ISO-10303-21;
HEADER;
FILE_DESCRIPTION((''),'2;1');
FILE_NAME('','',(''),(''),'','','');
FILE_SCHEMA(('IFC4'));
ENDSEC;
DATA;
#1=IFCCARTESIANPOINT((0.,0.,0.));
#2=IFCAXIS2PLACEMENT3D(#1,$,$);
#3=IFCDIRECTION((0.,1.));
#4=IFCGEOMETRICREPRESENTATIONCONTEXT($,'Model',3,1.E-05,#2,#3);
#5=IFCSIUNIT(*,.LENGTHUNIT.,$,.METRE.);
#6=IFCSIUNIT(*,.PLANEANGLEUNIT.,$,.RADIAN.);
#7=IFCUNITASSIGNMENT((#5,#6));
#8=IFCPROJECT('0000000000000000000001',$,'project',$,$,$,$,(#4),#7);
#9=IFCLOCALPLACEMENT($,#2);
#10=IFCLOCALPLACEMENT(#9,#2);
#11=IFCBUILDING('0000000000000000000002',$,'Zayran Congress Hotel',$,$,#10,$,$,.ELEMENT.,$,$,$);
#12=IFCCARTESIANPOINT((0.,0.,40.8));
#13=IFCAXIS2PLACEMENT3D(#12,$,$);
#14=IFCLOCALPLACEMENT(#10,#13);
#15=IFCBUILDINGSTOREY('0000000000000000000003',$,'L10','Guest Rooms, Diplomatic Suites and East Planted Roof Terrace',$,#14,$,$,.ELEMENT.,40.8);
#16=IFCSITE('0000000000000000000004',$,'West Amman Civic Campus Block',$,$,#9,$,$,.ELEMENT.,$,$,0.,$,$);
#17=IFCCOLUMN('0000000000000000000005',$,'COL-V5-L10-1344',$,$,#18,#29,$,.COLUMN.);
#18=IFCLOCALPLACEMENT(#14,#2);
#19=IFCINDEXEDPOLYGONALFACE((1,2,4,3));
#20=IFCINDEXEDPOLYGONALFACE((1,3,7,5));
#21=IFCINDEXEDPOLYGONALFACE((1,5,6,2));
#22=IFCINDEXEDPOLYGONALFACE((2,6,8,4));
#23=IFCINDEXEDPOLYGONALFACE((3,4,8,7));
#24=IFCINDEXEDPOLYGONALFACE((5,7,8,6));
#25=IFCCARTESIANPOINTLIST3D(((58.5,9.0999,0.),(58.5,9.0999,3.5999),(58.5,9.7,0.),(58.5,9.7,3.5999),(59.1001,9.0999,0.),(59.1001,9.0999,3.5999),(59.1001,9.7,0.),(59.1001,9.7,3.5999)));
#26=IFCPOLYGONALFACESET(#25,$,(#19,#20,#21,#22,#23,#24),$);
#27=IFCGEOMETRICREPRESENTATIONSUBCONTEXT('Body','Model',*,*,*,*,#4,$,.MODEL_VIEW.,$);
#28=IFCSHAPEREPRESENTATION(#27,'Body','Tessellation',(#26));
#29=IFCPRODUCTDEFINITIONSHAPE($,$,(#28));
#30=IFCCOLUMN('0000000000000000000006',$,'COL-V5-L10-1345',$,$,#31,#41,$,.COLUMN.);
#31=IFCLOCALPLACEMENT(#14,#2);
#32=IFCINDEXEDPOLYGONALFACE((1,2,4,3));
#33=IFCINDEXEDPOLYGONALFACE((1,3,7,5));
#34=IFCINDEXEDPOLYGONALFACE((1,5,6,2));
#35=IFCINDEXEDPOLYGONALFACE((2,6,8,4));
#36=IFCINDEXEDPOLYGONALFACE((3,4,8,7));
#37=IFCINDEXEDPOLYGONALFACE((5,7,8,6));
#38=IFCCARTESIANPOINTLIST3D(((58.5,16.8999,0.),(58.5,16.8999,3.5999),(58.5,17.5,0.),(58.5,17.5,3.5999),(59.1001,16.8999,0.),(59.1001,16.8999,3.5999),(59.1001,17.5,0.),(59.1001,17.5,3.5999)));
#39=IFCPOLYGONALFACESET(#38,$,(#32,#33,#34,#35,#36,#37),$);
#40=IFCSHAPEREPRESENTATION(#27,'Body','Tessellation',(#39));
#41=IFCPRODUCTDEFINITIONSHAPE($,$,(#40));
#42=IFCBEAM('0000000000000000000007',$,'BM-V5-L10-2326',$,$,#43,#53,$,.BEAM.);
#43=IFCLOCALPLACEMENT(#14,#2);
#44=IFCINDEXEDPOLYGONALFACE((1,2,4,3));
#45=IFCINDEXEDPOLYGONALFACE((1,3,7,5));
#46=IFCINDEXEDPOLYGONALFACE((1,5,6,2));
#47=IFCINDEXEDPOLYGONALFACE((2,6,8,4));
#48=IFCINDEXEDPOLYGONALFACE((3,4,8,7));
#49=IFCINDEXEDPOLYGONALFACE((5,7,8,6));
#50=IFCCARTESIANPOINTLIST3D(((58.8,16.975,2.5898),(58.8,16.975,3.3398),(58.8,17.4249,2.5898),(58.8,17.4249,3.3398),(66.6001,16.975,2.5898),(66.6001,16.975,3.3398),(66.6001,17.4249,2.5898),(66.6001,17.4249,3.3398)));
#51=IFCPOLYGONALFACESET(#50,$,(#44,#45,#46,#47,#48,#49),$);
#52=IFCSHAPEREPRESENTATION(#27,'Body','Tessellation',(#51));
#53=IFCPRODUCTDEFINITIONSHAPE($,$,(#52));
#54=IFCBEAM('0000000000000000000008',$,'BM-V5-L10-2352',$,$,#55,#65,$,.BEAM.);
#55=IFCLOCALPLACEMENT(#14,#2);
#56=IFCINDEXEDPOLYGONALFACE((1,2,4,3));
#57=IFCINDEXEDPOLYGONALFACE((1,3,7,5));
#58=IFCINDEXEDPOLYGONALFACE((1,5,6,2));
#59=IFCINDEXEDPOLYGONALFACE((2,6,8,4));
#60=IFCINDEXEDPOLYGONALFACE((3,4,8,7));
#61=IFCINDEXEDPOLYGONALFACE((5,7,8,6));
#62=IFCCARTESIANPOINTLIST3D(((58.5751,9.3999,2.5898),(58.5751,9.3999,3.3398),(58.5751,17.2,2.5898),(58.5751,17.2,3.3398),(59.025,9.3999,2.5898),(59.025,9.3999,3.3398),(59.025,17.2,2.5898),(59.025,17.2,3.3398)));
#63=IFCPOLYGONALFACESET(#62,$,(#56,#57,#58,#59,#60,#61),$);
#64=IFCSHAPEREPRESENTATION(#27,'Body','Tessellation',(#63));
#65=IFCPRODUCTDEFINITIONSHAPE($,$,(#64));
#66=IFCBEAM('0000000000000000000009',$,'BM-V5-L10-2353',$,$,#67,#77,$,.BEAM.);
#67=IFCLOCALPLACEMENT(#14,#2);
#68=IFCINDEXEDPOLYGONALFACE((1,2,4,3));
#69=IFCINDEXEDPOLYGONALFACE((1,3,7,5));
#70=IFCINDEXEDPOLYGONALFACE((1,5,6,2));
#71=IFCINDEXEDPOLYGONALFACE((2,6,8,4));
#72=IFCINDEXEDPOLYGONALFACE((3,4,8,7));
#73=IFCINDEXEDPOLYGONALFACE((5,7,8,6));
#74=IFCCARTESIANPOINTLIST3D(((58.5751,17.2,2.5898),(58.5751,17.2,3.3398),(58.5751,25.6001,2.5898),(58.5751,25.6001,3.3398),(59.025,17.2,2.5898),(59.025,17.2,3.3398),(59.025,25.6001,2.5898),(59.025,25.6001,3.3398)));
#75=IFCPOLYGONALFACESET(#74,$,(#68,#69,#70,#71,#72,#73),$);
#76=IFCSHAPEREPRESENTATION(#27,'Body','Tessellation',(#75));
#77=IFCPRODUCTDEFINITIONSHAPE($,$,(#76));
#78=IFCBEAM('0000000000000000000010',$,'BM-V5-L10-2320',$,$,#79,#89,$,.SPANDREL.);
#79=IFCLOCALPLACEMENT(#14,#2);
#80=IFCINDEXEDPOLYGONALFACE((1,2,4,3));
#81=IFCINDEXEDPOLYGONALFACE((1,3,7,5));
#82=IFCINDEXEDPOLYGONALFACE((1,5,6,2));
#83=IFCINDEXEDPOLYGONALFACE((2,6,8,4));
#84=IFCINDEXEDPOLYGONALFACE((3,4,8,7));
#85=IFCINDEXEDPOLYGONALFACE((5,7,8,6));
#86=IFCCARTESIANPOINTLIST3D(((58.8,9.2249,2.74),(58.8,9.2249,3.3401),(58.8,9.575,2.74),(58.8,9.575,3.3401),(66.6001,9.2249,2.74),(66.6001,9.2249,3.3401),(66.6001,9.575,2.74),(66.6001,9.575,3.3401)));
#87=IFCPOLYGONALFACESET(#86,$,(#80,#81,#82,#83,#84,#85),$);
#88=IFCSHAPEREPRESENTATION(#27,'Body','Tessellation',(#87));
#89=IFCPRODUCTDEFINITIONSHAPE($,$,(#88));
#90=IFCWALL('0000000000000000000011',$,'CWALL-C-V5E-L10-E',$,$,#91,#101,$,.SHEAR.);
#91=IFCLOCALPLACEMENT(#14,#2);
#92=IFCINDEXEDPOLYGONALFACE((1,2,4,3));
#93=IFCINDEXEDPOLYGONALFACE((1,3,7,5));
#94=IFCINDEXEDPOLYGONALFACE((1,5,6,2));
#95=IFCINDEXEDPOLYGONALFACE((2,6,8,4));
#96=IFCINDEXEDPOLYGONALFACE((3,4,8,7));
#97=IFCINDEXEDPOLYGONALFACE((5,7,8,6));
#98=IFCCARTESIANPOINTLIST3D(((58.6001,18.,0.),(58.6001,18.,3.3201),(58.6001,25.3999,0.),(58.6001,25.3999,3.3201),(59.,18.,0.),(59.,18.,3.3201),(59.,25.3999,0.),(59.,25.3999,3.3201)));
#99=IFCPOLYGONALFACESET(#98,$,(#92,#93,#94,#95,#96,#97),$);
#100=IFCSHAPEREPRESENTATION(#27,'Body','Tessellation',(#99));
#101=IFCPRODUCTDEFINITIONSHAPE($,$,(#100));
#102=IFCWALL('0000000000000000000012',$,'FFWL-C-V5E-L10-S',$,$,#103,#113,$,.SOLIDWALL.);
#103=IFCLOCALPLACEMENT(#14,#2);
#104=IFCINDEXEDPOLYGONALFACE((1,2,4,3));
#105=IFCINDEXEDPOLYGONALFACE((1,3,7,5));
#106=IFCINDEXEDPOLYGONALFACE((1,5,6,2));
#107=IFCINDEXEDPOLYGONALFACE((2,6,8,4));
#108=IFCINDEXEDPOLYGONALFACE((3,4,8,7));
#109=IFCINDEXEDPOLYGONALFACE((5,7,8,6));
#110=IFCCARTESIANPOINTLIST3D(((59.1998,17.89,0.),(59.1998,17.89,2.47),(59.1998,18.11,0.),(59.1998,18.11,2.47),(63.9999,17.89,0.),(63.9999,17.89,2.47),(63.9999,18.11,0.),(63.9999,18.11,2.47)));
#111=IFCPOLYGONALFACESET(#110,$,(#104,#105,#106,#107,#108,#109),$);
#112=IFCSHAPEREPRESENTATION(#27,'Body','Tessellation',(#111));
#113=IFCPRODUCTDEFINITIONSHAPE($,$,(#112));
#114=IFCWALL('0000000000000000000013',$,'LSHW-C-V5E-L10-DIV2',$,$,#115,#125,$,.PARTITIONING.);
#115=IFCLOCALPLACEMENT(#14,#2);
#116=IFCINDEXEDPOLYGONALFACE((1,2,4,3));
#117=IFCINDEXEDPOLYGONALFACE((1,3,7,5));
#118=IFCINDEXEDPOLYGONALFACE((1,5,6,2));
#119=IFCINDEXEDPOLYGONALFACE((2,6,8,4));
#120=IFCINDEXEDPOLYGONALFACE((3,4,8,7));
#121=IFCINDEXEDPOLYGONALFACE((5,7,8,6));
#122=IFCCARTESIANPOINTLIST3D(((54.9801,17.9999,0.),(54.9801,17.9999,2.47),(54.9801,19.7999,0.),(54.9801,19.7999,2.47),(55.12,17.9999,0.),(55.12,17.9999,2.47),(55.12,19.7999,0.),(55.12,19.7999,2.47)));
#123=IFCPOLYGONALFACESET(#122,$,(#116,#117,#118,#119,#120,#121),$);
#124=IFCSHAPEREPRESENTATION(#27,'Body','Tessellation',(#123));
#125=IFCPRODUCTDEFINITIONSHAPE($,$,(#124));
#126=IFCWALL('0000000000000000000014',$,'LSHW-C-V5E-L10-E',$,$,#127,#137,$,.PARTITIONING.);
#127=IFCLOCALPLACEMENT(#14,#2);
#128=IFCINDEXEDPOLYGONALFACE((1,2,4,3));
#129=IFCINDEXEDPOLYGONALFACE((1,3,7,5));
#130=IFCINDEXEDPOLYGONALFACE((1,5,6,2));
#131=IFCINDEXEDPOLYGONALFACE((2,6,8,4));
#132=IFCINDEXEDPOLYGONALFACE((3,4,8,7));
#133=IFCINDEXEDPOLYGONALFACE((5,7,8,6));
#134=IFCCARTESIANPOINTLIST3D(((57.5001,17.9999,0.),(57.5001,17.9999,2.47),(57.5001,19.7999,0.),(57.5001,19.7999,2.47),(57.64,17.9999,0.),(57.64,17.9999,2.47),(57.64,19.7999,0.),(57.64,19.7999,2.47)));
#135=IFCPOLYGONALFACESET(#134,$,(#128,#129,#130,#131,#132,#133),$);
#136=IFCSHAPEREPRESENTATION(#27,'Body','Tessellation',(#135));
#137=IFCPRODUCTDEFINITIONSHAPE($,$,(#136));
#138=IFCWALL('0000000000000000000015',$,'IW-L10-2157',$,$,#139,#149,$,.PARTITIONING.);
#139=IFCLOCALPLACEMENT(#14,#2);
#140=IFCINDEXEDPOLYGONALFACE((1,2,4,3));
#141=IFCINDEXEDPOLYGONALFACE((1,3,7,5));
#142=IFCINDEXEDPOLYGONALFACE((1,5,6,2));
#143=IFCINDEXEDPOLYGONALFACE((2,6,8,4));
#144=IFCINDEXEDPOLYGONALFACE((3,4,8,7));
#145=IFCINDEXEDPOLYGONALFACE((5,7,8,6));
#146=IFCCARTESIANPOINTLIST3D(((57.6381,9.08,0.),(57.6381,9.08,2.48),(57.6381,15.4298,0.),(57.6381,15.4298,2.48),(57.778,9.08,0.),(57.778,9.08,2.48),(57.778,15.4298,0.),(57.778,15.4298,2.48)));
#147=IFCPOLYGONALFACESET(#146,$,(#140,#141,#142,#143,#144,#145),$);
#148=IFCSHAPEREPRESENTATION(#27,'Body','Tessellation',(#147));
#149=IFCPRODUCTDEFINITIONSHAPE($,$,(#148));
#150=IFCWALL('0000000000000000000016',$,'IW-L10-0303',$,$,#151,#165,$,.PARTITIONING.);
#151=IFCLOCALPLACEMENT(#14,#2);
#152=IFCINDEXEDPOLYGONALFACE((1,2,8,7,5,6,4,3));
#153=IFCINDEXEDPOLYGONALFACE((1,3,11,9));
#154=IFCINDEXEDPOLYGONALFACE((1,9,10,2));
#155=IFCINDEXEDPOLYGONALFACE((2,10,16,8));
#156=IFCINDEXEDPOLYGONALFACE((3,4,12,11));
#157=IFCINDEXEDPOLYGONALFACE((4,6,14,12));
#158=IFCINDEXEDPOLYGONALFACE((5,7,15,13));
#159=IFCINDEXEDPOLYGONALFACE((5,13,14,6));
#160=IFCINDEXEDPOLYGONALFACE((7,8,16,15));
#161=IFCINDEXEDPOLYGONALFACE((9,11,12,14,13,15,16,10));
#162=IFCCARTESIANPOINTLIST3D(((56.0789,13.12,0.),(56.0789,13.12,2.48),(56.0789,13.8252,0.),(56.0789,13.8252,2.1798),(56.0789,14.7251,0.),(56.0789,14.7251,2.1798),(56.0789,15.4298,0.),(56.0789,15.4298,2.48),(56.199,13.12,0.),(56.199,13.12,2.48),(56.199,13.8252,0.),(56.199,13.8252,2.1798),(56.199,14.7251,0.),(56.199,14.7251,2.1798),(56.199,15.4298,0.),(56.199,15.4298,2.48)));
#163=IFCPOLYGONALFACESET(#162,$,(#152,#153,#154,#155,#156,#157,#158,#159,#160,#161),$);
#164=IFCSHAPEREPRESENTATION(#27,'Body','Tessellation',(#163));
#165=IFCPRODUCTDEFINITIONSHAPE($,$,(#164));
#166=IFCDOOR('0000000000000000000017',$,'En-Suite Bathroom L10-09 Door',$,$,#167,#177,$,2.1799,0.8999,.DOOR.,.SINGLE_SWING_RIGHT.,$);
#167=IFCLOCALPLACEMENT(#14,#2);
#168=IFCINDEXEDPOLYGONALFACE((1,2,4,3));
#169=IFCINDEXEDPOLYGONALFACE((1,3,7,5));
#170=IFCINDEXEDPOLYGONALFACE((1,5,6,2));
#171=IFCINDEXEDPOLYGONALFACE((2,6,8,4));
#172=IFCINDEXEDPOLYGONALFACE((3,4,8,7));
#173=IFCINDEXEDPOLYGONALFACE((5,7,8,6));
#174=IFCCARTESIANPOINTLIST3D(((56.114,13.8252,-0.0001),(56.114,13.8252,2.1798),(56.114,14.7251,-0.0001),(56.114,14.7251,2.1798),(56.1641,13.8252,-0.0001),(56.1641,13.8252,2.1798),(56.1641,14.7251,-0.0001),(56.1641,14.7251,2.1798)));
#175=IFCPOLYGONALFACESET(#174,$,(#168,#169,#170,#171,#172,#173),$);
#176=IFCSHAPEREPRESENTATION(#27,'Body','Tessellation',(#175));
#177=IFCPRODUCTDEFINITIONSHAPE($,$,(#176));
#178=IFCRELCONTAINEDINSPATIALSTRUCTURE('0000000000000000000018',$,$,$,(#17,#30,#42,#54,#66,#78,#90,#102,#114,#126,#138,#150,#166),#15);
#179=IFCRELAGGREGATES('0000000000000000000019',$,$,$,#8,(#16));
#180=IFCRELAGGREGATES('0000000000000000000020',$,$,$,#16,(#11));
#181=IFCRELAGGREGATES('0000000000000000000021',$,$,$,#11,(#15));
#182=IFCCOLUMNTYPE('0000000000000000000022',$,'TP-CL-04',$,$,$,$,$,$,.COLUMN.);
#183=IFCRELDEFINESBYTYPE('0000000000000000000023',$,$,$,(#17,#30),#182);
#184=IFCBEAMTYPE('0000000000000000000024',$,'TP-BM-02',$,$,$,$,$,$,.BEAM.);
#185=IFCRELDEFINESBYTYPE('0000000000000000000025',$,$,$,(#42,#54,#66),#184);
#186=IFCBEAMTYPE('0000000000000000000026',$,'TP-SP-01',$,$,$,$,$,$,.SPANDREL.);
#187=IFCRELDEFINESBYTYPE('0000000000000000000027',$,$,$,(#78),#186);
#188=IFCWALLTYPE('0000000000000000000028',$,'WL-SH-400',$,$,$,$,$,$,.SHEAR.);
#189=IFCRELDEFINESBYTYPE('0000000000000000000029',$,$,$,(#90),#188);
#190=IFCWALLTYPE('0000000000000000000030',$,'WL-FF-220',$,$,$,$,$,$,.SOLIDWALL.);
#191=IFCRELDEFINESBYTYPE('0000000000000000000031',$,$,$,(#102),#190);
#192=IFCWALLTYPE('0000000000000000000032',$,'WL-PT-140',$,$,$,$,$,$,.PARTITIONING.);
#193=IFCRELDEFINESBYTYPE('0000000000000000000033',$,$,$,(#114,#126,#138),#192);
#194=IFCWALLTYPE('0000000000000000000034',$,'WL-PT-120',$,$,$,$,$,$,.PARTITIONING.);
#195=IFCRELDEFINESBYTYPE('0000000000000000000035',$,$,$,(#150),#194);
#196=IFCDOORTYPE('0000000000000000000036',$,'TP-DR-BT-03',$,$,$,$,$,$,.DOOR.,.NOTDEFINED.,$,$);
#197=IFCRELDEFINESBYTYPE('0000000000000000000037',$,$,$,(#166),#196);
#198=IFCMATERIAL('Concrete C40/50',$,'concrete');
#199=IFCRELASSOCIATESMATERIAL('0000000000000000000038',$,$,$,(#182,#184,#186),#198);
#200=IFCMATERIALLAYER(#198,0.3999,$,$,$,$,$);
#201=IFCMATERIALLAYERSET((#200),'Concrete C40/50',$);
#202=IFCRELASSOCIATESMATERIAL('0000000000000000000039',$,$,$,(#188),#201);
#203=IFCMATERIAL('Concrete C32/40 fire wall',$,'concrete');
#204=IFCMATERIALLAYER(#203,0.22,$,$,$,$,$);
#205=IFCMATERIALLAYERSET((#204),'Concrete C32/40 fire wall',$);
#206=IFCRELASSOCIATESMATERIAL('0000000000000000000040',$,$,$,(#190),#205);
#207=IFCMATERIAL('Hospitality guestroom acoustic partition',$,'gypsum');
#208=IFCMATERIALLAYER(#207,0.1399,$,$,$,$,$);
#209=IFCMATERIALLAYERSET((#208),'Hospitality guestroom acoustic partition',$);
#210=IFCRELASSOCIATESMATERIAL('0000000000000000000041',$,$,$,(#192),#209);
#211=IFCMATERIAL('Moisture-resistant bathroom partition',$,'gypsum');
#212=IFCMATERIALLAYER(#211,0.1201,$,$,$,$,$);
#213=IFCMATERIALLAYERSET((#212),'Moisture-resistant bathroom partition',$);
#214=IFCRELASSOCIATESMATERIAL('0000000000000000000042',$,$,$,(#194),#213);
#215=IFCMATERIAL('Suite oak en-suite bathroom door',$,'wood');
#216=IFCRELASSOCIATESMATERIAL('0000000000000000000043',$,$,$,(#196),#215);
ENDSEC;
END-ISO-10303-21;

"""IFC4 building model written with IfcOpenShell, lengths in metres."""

from ifc_helpers import new_model, si_unit, direction, frame, frame_2d, origin, origin_2d, place, context, subcontext, project, spatial, rectangle, extrude, material, layer, layer_set, material_profile, profile_set, type_object, element, fill, save


model = new_model("IFC4")

# Units and contexts
model_context = context("Model", 3, precision=1e-05, world=origin(), true_north=direction((0.0, 1.0)))
body_context = subcontext(model_context, "Body", "Model", "MODEL_VIEW")
ifc_project = project(units=[si_unit("LENGTHUNIT", "METRE"), si_unit("PLANEANGLEUNIT", "RADIAN")], contexts=[model_context])

# Site, building, storey
site_placement = place(None, origin())
site = spatial("IfcSite", under=ifc_project, at=site_placement, Name="West Amman Civic Campus Block", CompositionType="ELEMENT", RefElevation=0.0)
building_placement = place(site_placement, origin())
building = spatial("IfcBuilding", under=site, at=building_placement, Name="Zayran Congress Hotel", CompositionType="ELEMENT")
storey_placement = place(building_placement, frame((0.0, 0.0, 40.8)))
storey = spatial("IfcBuildingStorey", under=building, at=storey_placement, Name="L10", Description="Guest Rooms, Diplomatic Suites and East Planted Roof Terrace", CompositionType="ELEMENT", Elevation=40.8)

# Columns
ifc_material_1 = material(Name="Concrete C40/50", Category="concrete")
ifc_material_profile_1 = material_profile(ifc_material_1, rectangle(XDim=0.6001, YDim=0.6001, at=origin_2d()), Name="RC 600x600")
ifc_profile_set_1 = profile_set([ifc_material_profile_1], Name="Concrete C40/50")
column_type = type_object("IfcColumnType", Name="TP-CL-04", PredefinedType="COLUMN", material=ifc_profile_set_1)
for number, where, z_axis, x_axis, name in (
    (1, (58.8, 9.3999, 0.0), (0.0, 0.0, 1.0), (1.0, 0.0, 0.0), "COL-V5-L10-1344"),
    (2, (58.8, 17.2, 0.0), (0.0, 0.0, 1.0), (1.0, 0.0, 0.0), "COL-V5-L10-1345"),
):
    element("IfcColumn", number, at=place(storey_placement, frame(where, z_axis=z_axis, x_axis=x_axis)), inside=storey, type_object=column_type, Name=name, PredefinedType="COLUMN", context=body_context, shape_type="SweptSolid", body=[
        extrude(rectangle(XDim=0.6001, YDim=0.6001, at=origin_2d()), origin(), (0.0, 0.0, 1.0), 3.5999),
    ])

# Beams
ifc_material_profile_2 = material_profile(ifc_material_1, rectangle(XDim=0.45, YDim=0.75, at=origin_2d()), Name="RC 450x750")
ifc_profile_set_2 = profile_set([ifc_material_profile_2], Name="Concrete C40/50")
beam_type_1 = type_object("IfcBeamType", Name="TP-BM-02", PredefinedType="BEAM", material=ifc_profile_set_2)
for number, where, z_axis, x_axis, name in (
    (3, (58.8, 17.2, 2.9648), (1.0, 0.0, 0.0), (0.0, 1.0, 0.0), "BM-V5-L10-2326"),
    (4, (58.8, 9.3999, 2.9648), (0.0, 1.0, 0.0), (-1.0, 0.0, 0.0), "BM-V5-L10-2352"),
):
    element("IfcBeam", number, at=place(storey_placement, frame(where, z_axis=z_axis, x_axis=x_axis)), inside=storey, type_object=beam_type_1, Name=name, PredefinedType="BEAM", context=body_context, shape_type="SweptSolid", body=[
        extrude(rectangle(XDim=0.45, YDim=0.75, at=origin_2d()), origin(), (0.0, 0.0, 1.0), 7.8),
    ])
beam_1_placement = place(storey_placement, frame((58.8, 17.2, 2.9648), z_axis=(0.0, 1.0, 0.0), x_axis=(-1.0, 0.0, 0.0)))
element("IfcBeam", 5, at=beam_1_placement, inside=storey, type_object=beam_type_1, Name="BM-V5-L10-2353", PredefinedType="BEAM", context=body_context, shape_type="SweptSolid", body=[
    extrude(rectangle(XDim=0.45, YDim=0.75, at=origin_2d()), origin(), (0.0, 0.0, 1.0), 8.4001),
])
ifc_material_profile_3 = material_profile(ifc_material_1, rectangle(XDim=0.3501, YDim=0.6001, at=origin_2d()), Name="RC 350x600")
ifc_profile_set_3 = profile_set([ifc_material_profile_3], Name="Concrete C40/50")
beam_type_2 = type_object("IfcBeamType", Name="TP-SP-01", PredefinedType="SPANDREL", material=ifc_profile_set_3)
beam_2_placement = place(storey_placement, frame((58.8, 9.3999, 3.04), z_axis=(1.0, 0.0, 0.0), x_axis=(0.0, 1.0, 0.0)))
element("IfcBeam", 6, at=beam_2_placement, inside=storey, type_object=beam_type_2, Name="BM-V5-L10-2320", PredefinedType="SPANDREL", context=body_context, shape_type="SweptSolid", body=[
    extrude(rectangle(XDim=0.3501, YDim=0.6001, at=origin_2d()), origin(), (0.0, 0.0, 1.0), 7.8),
])

# Walls
ifc_layer_1 = layer(ifc_material_1, 0.3999)
ifc_layer_set_1 = layer_set([ifc_layer_1], Name="Concrete C40/50")
wall_type_1 = type_object("IfcWallType", Name="WL-SH-400", PredefinedType="SHEAR", material=ifc_layer_set_1)
wall_1_placement = place(storey_placement, frame((58.8, 18.0, 0.0), z_axis=(0.0, 0.0, 1.0), x_axis=(0.0, 1.0, 0.0)))
element("IfcWall", 7, at=wall_1_placement, inside=storey, type_object=wall_type_1, Name="CWALL-C-V5E-L10-E", PredefinedType="SHEAR", context=body_context, shape_type="SweptSolid", body=[
    extrude(rectangle(XDim=7.3999, YDim=0.3999, at=frame_2d((3.7, 0.0))), origin(), (0.0, 0.0, 1.0), 3.3201),
])
ifc_material_2 = material(Name="Concrete C32/40 fire wall", Category="concrete")
ifc_layer_2 = layer(ifc_material_2, 0.22)
ifc_layer_set_2 = layer_set([ifc_layer_2], Name="Concrete C32/40 fire wall")
wall_type_2 = type_object("IfcWallType", Name="WL-FF-220", PredefinedType="SOLIDWALL", material=ifc_layer_set_2)
wall_2_placement = place(storey_placement, frame((59.2, 18.0, 0.0), z_axis=(0.0, 0.0, 1.0), x_axis=(1.0, 0.0, 0.0)))
element("IfcWall", 8, at=wall_2_placement, inside=storey, type_object=wall_type_2, Name="FFWL-C-V5E-L10-S", PredefinedType="SOLIDWALL", context=body_context, shape_type="SweptSolid", body=[
    extrude(rectangle(XDim=4.8, YDim=0.22, at=frame_2d((2.3999, 0.0))), origin(), (0.0, 0.0, 1.0), 2.47),
])
ifc_material_3 = material(Name="Hospitality guestroom acoustic partition", Category="gypsum")
ifc_layer_3 = layer(ifc_material_3, 0.1399)
ifc_layer_set_3 = layer_set([ifc_layer_3], Name="Hospitality guestroom acoustic partition")
wall_type_3 = type_object("IfcWallType", Name="WL-PT-140", PredefinedType="PARTITIONING", material=ifc_layer_set_3)
for number, where, z_axis, x_axis, name in (
    (9, (55.05, 18.0, 0.0), (0.0, 0.0, 1.0), (0.0, 1.0, 0.0), "LSHW-C-V5E-L10-DIV2"),
    (10, (57.5701, 18.0, 0.0), (0.0, 0.0, 1.0), (0.0, 1.0, 0.0), "LSHW-C-V5E-L10-E"),
):
    element("IfcWall", number, at=place(storey_placement, frame(where, z_axis=z_axis, x_axis=x_axis)), inside=storey, type_object=wall_type_3, Name=name, PredefinedType="PARTITIONING", context=body_context, shape_type="SweptSolid", body=[
        extrude(rectangle(XDim=1.8, YDim=0.1399, at=frame_2d((0.8999, 0.0))), origin(), (0.0, 0.0, 1.0), 2.47),
    ])
wall_3_placement = place(storey_placement, frame((57.708, 9.0801, 0.0), z_axis=(0.0, 0.0, 1.0), x_axis=(0.0, 1.0, 0.0)))
element("IfcWall", 11, at=wall_3_placement, inside=storey, type_object=wall_type_3, Name="IW-L10-2157", PredefinedType="PARTITIONING", context=body_context, shape_type="SweptSolid", body=[
    extrude(rectangle(XDim=6.3499, YDim=0.1399, at=frame_2d((3.1748, 0.0))), origin(), (0.0, 0.0, 1.0), 2.48),
])

# Wall, opening, door
ifc_material_4 = material(Name="Moisture-resistant bathroom partition", Category="gypsum")
ifc_layer_4 = layer(ifc_material_4, 0.1201)
ifc_layer_set_4 = layer_set([ifc_layer_4], Name="Moisture-resistant bathroom partition")
wall_type_4 = type_object("IfcWallType", Name="WL-PT-120", PredefinedType="PARTITIONING", material=ifc_layer_set_4)
wall_4_placement = place(storey_placement, frame((56.1389, 13.1201, 0.0), z_axis=(0.0, 0.0, 1.0), x_axis=(0.0, 1.0, 0.0)))
wall_4 = element("IfcWall", 12, at=wall_4_placement, inside=storey, type_object=wall_type_4, Name="IW-L10-0303", PredefinedType="PARTITIONING", context=body_context, shape_type="SweptSolid", body=[
    extrude(rectangle(XDim=2.3098, YDim=0.1201, at=frame_2d((1.1548, 0.0))), origin(), (0.0, 0.0, 1.0), 2.48),
])
opening_placement = place(wall_4_placement, frame((0.7051, 0.0, 0.0)))
opening = element("IfcOpeningElement", 13, at=opening_placement, cuts=wall_4, PredefinedType="OPENING", context=body_context, shape_type="SweptSolid", body=[
    extrude(rectangle(XDim=0.8999, YDim=2.1799, at=frame_2d((0.45, 1.0898))), frame((0.0, 0.0701, 0.0), z_axis=(0.0, -1.0, 0.0), x_axis=(1.0, 0.0, 0.0)), (0.0, 0.0, 1.0), 0.1401),
])
ifc_material_5 = material(Name="Suite oak en-suite bathroom door", Category="wood")
door_type = type_object("IfcDoorType", Name="TP-DR-BT-03", OperationType="NOTDEFINED", PredefinedType="DOOR", material=ifc_material_5)
door_placement = place(opening_placement, origin())
door = element("IfcDoor", 14, at=door_placement, inside=storey, type_object=door_type, Name="En-Suite Bathroom L10-09 Door", OperationType="SINGLE_SWING_RIGHT", OverallHeight=2.1799, OverallWidth=0.8999, PredefinedType="DOOR", context=body_context, shape_type="SweptSolid", body=[
    extrude(rectangle(XDim=0.8999, YDim=2.1799, at=frame_2d((0.45, 1.0898))), frame((0.0, 0.0249, 0.0), z_axis=(0.0, -1.0, 0.0), x_axis=(1.0, 0.0, 0.0)), (0.0, 0.0, 1.0), 0.05),
])
fill(opening, door)

save(model, "model.ifc")
